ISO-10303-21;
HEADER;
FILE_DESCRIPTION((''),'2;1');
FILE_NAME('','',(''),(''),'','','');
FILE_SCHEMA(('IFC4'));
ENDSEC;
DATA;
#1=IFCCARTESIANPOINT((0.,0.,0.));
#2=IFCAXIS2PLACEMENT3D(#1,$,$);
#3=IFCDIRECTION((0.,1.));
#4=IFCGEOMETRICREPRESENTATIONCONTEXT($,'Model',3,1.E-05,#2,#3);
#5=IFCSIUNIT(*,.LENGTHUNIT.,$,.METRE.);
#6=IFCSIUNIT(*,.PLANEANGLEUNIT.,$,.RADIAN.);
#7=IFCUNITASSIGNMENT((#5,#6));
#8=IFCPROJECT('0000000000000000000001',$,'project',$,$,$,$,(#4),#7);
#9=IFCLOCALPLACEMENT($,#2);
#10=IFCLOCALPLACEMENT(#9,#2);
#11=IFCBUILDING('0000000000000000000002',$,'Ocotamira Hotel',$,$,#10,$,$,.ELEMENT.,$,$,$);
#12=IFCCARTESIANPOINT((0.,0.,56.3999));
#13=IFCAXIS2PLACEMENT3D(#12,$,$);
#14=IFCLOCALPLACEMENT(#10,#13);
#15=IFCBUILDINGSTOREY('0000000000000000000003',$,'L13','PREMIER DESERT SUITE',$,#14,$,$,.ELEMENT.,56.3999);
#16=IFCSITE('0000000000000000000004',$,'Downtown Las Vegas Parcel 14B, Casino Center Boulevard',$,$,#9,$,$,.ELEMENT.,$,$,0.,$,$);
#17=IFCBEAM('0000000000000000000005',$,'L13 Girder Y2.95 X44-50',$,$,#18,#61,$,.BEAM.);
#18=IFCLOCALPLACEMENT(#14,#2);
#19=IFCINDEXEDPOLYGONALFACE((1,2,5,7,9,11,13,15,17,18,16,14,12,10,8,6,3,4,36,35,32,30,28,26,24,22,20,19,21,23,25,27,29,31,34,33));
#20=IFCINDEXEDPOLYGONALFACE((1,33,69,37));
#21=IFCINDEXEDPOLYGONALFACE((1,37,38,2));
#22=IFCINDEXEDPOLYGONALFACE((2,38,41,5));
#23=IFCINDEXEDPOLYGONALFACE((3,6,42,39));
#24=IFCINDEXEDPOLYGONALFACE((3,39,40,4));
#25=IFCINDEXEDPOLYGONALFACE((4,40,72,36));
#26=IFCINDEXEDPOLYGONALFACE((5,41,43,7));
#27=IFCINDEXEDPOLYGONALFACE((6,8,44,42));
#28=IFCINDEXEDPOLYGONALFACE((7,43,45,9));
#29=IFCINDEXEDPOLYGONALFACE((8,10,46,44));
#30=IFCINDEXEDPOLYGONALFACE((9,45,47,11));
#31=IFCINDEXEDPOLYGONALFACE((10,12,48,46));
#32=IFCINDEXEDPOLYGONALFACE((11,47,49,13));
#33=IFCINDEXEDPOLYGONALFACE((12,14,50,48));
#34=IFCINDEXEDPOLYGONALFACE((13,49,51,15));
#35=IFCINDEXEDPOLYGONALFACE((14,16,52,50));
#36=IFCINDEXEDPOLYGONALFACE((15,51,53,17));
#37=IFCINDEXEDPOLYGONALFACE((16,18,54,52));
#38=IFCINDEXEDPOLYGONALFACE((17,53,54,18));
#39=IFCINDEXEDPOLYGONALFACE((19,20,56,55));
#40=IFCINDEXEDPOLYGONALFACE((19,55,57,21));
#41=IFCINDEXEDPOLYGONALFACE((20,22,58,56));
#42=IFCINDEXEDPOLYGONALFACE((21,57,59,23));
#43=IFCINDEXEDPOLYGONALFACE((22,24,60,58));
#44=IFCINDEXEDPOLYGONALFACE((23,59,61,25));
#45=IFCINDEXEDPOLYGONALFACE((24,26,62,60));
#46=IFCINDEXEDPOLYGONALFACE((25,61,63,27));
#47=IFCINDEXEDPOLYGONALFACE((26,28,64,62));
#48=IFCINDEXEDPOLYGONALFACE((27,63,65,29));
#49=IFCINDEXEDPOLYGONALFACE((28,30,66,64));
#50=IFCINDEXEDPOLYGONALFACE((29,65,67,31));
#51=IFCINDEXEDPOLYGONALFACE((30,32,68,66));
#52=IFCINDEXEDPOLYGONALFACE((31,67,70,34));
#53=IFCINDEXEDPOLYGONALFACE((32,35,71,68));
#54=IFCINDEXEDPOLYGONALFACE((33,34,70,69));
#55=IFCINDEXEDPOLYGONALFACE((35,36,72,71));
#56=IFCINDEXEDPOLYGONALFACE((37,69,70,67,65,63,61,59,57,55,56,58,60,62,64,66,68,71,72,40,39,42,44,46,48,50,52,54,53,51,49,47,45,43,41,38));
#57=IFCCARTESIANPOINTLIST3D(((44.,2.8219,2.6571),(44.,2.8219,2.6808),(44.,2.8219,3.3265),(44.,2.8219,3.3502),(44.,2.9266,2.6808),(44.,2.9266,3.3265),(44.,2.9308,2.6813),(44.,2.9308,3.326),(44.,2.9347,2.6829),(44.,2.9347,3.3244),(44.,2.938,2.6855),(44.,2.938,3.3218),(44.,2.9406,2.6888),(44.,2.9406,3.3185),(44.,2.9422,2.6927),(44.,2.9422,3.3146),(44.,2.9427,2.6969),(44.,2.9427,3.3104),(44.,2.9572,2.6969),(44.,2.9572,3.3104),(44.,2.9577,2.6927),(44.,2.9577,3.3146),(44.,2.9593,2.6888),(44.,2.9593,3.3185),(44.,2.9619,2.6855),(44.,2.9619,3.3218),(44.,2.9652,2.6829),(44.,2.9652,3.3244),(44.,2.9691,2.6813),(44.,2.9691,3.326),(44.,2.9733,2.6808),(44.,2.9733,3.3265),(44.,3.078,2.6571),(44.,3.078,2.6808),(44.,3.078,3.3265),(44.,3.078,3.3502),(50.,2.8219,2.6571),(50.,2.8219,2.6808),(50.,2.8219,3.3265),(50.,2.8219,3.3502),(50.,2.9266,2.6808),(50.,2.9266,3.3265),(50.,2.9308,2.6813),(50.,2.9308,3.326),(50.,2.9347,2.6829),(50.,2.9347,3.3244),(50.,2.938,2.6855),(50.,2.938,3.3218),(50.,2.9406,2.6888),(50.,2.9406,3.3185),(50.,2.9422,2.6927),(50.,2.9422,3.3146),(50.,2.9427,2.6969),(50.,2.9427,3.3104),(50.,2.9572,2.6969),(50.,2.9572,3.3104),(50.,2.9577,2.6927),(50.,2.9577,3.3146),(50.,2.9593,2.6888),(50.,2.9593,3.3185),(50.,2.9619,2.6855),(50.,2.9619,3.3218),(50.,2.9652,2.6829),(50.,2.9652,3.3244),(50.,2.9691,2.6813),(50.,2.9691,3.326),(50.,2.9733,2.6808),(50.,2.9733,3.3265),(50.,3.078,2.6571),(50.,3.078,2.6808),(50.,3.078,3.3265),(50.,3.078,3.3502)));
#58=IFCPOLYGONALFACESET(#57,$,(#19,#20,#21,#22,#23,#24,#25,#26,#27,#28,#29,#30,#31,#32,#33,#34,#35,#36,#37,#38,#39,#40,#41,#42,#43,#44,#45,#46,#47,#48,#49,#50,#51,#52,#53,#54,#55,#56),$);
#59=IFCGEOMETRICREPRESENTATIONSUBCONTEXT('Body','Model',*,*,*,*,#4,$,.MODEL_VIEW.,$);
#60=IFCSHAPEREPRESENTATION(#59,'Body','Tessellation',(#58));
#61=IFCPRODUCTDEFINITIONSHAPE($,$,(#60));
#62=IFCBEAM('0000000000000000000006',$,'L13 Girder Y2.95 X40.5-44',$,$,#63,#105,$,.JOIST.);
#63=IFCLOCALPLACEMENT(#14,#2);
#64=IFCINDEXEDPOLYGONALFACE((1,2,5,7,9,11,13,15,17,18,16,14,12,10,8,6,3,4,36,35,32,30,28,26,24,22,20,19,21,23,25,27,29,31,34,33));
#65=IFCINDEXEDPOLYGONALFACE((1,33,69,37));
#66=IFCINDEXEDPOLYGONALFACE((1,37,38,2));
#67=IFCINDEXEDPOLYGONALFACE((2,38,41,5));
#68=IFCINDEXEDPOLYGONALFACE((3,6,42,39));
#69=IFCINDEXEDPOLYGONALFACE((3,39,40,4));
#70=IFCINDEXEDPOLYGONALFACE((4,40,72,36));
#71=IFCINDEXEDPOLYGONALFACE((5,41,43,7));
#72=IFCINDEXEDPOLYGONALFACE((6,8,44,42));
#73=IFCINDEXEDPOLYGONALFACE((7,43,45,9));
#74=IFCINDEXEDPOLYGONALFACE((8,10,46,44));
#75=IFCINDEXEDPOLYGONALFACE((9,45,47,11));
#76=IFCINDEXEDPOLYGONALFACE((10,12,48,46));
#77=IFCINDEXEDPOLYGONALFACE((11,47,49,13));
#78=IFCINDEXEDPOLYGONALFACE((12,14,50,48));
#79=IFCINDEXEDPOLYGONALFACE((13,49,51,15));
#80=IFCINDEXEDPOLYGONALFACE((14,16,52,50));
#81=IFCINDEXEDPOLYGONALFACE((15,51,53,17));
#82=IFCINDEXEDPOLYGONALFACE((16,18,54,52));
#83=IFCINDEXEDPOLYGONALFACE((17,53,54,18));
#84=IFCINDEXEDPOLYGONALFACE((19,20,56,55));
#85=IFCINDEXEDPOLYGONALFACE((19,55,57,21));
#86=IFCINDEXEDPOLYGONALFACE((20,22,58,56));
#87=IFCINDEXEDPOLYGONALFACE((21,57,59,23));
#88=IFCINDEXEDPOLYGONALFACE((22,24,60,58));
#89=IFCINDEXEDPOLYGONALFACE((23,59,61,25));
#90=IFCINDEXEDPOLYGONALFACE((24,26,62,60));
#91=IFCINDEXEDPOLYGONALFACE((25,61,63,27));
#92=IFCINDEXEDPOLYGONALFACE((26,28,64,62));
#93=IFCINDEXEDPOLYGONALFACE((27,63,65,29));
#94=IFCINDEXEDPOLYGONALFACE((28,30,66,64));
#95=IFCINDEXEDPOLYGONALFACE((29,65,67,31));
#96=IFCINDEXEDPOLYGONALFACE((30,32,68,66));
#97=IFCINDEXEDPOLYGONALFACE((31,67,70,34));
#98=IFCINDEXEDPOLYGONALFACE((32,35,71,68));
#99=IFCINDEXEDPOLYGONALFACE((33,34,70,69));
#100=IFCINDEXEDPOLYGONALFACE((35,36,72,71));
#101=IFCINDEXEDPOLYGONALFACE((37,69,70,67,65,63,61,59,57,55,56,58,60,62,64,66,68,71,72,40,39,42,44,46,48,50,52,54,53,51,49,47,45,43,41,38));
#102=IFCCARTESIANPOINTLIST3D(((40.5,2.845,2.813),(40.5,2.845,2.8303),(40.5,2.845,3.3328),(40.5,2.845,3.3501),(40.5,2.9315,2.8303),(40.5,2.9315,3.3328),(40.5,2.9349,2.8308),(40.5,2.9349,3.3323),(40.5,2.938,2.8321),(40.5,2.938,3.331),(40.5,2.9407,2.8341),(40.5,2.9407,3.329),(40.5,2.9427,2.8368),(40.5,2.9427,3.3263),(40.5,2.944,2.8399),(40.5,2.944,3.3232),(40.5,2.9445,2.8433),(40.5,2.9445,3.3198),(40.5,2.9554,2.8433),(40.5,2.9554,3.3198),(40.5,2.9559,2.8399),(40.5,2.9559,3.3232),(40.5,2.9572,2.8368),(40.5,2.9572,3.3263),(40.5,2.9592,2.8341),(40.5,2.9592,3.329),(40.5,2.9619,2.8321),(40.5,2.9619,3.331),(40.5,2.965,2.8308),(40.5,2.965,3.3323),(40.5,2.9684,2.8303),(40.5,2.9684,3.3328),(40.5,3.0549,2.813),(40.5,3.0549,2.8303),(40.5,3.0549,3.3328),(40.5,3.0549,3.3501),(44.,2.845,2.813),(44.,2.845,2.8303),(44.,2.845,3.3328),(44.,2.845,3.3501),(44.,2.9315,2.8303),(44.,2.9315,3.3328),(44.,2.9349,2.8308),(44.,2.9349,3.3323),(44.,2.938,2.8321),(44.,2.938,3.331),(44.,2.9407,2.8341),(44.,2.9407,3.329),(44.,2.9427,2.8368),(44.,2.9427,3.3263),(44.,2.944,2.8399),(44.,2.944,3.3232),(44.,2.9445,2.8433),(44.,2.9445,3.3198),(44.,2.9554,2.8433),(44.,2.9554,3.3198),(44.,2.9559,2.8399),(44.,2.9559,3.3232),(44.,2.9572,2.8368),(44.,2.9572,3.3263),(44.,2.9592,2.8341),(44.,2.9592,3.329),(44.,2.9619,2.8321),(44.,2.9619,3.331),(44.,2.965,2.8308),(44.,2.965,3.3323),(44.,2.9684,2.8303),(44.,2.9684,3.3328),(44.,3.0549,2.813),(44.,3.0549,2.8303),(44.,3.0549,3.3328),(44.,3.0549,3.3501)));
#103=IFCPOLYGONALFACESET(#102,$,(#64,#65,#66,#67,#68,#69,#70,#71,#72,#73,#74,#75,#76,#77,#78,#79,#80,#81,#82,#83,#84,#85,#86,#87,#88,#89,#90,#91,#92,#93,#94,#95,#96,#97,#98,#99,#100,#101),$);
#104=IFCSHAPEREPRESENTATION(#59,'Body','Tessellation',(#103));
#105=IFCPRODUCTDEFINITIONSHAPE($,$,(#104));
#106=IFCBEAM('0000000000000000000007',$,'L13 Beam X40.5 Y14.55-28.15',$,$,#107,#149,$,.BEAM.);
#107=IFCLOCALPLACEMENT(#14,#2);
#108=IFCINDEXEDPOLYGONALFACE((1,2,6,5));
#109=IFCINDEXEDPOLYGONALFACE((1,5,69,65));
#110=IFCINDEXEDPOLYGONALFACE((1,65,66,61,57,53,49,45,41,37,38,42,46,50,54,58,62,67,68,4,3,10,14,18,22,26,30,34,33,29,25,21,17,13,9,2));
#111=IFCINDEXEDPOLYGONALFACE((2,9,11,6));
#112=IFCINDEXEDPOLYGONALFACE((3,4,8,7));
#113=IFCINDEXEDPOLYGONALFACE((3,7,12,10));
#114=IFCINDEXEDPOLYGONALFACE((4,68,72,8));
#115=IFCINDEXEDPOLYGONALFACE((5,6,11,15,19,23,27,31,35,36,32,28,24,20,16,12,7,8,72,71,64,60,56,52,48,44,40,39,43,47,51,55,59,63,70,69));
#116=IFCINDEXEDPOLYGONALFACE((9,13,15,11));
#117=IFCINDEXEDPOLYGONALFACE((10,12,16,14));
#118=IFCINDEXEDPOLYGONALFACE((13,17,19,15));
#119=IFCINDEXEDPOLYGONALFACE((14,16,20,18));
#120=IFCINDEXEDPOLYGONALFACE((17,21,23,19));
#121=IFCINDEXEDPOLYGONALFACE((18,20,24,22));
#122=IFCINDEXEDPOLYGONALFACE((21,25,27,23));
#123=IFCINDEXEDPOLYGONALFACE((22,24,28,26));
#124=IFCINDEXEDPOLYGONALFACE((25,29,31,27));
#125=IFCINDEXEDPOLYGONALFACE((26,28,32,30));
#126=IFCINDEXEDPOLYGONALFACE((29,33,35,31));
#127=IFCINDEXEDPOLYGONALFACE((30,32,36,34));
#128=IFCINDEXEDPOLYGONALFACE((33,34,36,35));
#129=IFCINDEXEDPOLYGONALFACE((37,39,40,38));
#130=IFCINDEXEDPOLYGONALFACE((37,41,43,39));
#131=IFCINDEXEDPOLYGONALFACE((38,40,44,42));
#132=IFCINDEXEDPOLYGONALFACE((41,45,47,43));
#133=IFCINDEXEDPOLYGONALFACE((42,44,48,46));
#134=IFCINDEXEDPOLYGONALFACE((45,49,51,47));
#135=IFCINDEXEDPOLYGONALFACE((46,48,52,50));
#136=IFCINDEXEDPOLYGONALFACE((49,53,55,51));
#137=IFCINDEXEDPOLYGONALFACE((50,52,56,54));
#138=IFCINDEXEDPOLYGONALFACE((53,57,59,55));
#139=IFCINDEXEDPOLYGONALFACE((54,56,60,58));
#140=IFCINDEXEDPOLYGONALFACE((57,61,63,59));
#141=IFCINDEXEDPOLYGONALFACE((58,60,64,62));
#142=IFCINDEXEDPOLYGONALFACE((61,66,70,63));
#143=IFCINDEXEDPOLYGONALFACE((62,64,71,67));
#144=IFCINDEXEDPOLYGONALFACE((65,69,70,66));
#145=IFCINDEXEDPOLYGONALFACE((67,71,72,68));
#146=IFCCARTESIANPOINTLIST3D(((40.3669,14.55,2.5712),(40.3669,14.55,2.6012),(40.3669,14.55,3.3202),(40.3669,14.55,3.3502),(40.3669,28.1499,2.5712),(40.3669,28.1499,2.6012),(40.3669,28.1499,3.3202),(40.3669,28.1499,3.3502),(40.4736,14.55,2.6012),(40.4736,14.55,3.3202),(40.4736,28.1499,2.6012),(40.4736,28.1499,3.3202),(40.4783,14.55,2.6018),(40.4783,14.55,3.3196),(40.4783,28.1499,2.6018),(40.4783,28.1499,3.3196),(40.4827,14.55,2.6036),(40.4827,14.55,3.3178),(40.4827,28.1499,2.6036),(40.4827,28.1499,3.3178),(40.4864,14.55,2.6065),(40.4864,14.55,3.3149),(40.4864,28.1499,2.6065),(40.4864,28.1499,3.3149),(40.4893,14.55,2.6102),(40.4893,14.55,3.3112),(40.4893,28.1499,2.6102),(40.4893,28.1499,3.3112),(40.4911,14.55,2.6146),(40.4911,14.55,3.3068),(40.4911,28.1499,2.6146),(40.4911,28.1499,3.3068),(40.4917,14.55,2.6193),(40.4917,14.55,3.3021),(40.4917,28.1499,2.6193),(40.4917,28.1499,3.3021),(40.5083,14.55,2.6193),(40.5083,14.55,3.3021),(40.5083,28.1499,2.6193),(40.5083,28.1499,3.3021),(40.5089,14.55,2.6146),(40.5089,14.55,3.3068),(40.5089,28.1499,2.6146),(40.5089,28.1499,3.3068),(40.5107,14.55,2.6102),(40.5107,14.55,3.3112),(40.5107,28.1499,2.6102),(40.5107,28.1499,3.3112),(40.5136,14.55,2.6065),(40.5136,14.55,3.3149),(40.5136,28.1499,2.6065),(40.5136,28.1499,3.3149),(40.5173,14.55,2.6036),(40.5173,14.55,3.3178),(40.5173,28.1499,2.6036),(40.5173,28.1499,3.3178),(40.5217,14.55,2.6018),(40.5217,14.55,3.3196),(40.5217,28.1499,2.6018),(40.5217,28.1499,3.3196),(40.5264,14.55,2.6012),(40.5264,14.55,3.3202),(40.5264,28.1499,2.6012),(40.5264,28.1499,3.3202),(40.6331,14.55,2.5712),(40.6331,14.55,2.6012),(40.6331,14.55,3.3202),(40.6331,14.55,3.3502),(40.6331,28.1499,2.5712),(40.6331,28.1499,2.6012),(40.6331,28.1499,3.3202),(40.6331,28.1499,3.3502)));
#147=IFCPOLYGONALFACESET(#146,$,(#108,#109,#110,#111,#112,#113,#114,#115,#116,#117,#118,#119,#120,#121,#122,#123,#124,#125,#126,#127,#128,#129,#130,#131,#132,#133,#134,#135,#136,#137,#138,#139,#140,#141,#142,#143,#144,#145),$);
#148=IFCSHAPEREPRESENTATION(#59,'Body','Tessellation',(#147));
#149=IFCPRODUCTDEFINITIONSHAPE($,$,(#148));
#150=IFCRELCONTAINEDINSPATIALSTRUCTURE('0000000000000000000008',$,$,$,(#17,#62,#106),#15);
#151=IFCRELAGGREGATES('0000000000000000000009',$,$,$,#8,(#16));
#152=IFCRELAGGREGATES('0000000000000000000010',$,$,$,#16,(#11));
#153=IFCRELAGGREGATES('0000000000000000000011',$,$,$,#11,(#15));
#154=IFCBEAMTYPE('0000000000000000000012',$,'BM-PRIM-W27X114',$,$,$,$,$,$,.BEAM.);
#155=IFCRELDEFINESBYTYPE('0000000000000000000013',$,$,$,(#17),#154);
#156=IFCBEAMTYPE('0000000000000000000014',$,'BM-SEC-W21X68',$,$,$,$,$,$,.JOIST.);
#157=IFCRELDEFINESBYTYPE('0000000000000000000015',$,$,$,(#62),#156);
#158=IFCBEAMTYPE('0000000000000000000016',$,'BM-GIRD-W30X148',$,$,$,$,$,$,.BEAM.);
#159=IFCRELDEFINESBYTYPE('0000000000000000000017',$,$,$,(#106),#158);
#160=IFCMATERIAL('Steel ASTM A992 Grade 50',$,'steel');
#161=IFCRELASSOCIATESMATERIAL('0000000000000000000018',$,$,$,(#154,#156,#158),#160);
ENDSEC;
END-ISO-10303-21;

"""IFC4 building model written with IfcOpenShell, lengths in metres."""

from ifc_helpers import new_model, si_unit, direction, frame, origin, origin_2d, place, context, subcontext, project, spatial, i_section, extrude, source, transform, mapped, material, material_profile, profile_set, type_object, element, save


model = new_model("IFC4")

# Units and contexts
model_context = context("Model", 3, precision=1e-05, world=origin(), true_north=direction((0.0, 1.0)))
body_context = subcontext(model_context, "Body", "Model", "MODEL_VIEW")
ifc_project = project(units=[si_unit("LENGTHUNIT", "METRE"), si_unit("PLANEANGLEUNIT", "RADIAN")], contexts=[model_context])

# Site, building, storey
site_placement = place(None, origin())
site = spatial("IfcSite", under=ifc_project, at=site_placement, Name="Downtown Las Vegas Parcel 14B, Casino Center Boulevard", CompositionType="ELEMENT", RefElevation=0.0)
building_placement = place(site_placement, origin())
building = spatial("IfcBuilding", under=site, at=building_placement, Name="Ocotamira Hotel", CompositionType="ELEMENT")
storey_placement = place(building_placement, frame((0.0, 0.0, 56.3999)))
storey = spatial("IfcBuildingStorey", under=building, at=storey_placement, Name="L13", Description="PREMIER DESERT SUITE", CompositionType="ELEMENT", Elevation=56.3999)

# Beams
ifc_material_1 = material(Name="Steel ASTM A992 Grade 50", Category="steel")
ifc_material_profile_1 = material_profile(ifc_material_1, i_section(OverallWidth=0.2561, OverallDepth=0.6931, WebThickness=0.0144, FlangeThickness=0.0237, FilletRadius=0.0161, at=origin_2d()), Name="W27X114")
ifc_profile_set_1 = profile_set([ifc_material_profile_1], Name="Steel ASTM A992 Grade 50")
beam_type_1 = type_object("IfcBeamType", Name="BM-PRIM-W27X114", PredefinedType="BEAM", material=ifc_profile_set_1)
shared_shape_1 = source(origin(), body_context, "Body", "SweptSolid", [
    extrude(i_section(OverallWidth=0.2561, OverallDepth=0.6931, WebThickness=0.0144, FlangeThickness=0.0237, FilletRadius=0.0161, at=origin_2d()), origin(), (0.0, 0.0, 1.0), 6.0),
])
beam_1_placement = place(storey_placement, frame((44.0, 2.95, 3.0037), z_axis=(1.0, 0.0, 0.0), x_axis=(0.0, 1.0, 0.0)))
element("IfcBeam", 1, at=beam_1_placement, inside=storey, type_object=beam_type_1, Name="L13 Girder Y2.95 X44-50", PredefinedType="BEAM", context=body_context, shape_type="MappedRepresentation", body=[
    mapped(shared_shape_1, transform((0.0, 0.0, 0.0), scale=1.0)),
])
ifc_material_profile_2 = material_profile(ifc_material_1, i_section(OverallWidth=0.21, OverallDepth=0.5371, WebThickness=0.011, FlangeThickness=0.0173, FilletRadius=0.0129, at=origin_2d()), Name="W21X68")
ifc_profile_set_2 = profile_set([ifc_material_profile_2], Name="Steel ASTM A992 Grade 50")
beam_type_2 = type_object("IfcBeamType", Name="BM-SEC-W21X68", PredefinedType="JOIST", material=ifc_profile_set_2)
shared_shape_2 = source(origin(), body_context, "Body", "SweptSolid", [
    extrude(i_section(OverallWidth=0.21, OverallDepth=0.5371, WebThickness=0.011, FlangeThickness=0.0173, FilletRadius=0.0129, at=origin_2d()), origin(), (0.0, 0.0, 1.0), 3.5),
])
beam_2_placement = place(storey_placement, frame((40.5, 2.95, 3.0815), z_axis=(1.0, 0.0, 0.0), x_axis=(0.0, 1.0, 0.0)))
element("IfcBeam", 2, at=beam_2_placement, inside=storey, type_object=beam_type_2, Name="L13 Girder Y2.95 X40.5-44", PredefinedType="JOIST", context=body_context, shape_type="MappedRepresentation", body=[
    mapped(shared_shape_2, transform((0.0, 0.0, 0.0), scale=1.0)),
])
ifc_material_profile_3 = material_profile(ifc_material_1, i_section(OverallWidth=0.2661, OverallDepth=0.7791, WebThickness=0.0166, FlangeThickness=0.03, FilletRadius=0.0181, at=origin_2d()), Name="W30X148")
ifc_profile_set_3 = profile_set([ifc_material_profile_3], Name="Steel ASTM A992 Grade 50")
beam_type_3 = type_object("IfcBeamType", Name="BM-GIRD-W30X148", PredefinedType="BEAM", material=ifc_profile_set_3)
shared_shape_3 = source(origin(), body_context, "Body", "SweptSolid", [
    extrude(i_section(OverallWidth=0.2661, OverallDepth=0.7791, WebThickness=0.0166, FlangeThickness=0.03, FilletRadius=0.0181, at=origin_2d()), origin(), (0.0, 0.0, 1.0), 13.5999),
])
beam_3_placement = place(storey_placement, frame((40.5, 14.55, 2.9607), z_axis=(0.0, 1.0, 0.0), x_axis=(-1.0, 0.0, 0.0)))
element("IfcBeam", 3, at=beam_3_placement, inside=storey, type_object=beam_type_3, Name="L13 Beam X40.5 Y14.55-28.15", PredefinedType="BEAM", context=body_context, shape_type="MappedRepresentation", body=[
    mapped(shared_shape_3, transform((0.0, 0.0, 0.0), scale=1.0)),
])

save(model, "model.ifc")
